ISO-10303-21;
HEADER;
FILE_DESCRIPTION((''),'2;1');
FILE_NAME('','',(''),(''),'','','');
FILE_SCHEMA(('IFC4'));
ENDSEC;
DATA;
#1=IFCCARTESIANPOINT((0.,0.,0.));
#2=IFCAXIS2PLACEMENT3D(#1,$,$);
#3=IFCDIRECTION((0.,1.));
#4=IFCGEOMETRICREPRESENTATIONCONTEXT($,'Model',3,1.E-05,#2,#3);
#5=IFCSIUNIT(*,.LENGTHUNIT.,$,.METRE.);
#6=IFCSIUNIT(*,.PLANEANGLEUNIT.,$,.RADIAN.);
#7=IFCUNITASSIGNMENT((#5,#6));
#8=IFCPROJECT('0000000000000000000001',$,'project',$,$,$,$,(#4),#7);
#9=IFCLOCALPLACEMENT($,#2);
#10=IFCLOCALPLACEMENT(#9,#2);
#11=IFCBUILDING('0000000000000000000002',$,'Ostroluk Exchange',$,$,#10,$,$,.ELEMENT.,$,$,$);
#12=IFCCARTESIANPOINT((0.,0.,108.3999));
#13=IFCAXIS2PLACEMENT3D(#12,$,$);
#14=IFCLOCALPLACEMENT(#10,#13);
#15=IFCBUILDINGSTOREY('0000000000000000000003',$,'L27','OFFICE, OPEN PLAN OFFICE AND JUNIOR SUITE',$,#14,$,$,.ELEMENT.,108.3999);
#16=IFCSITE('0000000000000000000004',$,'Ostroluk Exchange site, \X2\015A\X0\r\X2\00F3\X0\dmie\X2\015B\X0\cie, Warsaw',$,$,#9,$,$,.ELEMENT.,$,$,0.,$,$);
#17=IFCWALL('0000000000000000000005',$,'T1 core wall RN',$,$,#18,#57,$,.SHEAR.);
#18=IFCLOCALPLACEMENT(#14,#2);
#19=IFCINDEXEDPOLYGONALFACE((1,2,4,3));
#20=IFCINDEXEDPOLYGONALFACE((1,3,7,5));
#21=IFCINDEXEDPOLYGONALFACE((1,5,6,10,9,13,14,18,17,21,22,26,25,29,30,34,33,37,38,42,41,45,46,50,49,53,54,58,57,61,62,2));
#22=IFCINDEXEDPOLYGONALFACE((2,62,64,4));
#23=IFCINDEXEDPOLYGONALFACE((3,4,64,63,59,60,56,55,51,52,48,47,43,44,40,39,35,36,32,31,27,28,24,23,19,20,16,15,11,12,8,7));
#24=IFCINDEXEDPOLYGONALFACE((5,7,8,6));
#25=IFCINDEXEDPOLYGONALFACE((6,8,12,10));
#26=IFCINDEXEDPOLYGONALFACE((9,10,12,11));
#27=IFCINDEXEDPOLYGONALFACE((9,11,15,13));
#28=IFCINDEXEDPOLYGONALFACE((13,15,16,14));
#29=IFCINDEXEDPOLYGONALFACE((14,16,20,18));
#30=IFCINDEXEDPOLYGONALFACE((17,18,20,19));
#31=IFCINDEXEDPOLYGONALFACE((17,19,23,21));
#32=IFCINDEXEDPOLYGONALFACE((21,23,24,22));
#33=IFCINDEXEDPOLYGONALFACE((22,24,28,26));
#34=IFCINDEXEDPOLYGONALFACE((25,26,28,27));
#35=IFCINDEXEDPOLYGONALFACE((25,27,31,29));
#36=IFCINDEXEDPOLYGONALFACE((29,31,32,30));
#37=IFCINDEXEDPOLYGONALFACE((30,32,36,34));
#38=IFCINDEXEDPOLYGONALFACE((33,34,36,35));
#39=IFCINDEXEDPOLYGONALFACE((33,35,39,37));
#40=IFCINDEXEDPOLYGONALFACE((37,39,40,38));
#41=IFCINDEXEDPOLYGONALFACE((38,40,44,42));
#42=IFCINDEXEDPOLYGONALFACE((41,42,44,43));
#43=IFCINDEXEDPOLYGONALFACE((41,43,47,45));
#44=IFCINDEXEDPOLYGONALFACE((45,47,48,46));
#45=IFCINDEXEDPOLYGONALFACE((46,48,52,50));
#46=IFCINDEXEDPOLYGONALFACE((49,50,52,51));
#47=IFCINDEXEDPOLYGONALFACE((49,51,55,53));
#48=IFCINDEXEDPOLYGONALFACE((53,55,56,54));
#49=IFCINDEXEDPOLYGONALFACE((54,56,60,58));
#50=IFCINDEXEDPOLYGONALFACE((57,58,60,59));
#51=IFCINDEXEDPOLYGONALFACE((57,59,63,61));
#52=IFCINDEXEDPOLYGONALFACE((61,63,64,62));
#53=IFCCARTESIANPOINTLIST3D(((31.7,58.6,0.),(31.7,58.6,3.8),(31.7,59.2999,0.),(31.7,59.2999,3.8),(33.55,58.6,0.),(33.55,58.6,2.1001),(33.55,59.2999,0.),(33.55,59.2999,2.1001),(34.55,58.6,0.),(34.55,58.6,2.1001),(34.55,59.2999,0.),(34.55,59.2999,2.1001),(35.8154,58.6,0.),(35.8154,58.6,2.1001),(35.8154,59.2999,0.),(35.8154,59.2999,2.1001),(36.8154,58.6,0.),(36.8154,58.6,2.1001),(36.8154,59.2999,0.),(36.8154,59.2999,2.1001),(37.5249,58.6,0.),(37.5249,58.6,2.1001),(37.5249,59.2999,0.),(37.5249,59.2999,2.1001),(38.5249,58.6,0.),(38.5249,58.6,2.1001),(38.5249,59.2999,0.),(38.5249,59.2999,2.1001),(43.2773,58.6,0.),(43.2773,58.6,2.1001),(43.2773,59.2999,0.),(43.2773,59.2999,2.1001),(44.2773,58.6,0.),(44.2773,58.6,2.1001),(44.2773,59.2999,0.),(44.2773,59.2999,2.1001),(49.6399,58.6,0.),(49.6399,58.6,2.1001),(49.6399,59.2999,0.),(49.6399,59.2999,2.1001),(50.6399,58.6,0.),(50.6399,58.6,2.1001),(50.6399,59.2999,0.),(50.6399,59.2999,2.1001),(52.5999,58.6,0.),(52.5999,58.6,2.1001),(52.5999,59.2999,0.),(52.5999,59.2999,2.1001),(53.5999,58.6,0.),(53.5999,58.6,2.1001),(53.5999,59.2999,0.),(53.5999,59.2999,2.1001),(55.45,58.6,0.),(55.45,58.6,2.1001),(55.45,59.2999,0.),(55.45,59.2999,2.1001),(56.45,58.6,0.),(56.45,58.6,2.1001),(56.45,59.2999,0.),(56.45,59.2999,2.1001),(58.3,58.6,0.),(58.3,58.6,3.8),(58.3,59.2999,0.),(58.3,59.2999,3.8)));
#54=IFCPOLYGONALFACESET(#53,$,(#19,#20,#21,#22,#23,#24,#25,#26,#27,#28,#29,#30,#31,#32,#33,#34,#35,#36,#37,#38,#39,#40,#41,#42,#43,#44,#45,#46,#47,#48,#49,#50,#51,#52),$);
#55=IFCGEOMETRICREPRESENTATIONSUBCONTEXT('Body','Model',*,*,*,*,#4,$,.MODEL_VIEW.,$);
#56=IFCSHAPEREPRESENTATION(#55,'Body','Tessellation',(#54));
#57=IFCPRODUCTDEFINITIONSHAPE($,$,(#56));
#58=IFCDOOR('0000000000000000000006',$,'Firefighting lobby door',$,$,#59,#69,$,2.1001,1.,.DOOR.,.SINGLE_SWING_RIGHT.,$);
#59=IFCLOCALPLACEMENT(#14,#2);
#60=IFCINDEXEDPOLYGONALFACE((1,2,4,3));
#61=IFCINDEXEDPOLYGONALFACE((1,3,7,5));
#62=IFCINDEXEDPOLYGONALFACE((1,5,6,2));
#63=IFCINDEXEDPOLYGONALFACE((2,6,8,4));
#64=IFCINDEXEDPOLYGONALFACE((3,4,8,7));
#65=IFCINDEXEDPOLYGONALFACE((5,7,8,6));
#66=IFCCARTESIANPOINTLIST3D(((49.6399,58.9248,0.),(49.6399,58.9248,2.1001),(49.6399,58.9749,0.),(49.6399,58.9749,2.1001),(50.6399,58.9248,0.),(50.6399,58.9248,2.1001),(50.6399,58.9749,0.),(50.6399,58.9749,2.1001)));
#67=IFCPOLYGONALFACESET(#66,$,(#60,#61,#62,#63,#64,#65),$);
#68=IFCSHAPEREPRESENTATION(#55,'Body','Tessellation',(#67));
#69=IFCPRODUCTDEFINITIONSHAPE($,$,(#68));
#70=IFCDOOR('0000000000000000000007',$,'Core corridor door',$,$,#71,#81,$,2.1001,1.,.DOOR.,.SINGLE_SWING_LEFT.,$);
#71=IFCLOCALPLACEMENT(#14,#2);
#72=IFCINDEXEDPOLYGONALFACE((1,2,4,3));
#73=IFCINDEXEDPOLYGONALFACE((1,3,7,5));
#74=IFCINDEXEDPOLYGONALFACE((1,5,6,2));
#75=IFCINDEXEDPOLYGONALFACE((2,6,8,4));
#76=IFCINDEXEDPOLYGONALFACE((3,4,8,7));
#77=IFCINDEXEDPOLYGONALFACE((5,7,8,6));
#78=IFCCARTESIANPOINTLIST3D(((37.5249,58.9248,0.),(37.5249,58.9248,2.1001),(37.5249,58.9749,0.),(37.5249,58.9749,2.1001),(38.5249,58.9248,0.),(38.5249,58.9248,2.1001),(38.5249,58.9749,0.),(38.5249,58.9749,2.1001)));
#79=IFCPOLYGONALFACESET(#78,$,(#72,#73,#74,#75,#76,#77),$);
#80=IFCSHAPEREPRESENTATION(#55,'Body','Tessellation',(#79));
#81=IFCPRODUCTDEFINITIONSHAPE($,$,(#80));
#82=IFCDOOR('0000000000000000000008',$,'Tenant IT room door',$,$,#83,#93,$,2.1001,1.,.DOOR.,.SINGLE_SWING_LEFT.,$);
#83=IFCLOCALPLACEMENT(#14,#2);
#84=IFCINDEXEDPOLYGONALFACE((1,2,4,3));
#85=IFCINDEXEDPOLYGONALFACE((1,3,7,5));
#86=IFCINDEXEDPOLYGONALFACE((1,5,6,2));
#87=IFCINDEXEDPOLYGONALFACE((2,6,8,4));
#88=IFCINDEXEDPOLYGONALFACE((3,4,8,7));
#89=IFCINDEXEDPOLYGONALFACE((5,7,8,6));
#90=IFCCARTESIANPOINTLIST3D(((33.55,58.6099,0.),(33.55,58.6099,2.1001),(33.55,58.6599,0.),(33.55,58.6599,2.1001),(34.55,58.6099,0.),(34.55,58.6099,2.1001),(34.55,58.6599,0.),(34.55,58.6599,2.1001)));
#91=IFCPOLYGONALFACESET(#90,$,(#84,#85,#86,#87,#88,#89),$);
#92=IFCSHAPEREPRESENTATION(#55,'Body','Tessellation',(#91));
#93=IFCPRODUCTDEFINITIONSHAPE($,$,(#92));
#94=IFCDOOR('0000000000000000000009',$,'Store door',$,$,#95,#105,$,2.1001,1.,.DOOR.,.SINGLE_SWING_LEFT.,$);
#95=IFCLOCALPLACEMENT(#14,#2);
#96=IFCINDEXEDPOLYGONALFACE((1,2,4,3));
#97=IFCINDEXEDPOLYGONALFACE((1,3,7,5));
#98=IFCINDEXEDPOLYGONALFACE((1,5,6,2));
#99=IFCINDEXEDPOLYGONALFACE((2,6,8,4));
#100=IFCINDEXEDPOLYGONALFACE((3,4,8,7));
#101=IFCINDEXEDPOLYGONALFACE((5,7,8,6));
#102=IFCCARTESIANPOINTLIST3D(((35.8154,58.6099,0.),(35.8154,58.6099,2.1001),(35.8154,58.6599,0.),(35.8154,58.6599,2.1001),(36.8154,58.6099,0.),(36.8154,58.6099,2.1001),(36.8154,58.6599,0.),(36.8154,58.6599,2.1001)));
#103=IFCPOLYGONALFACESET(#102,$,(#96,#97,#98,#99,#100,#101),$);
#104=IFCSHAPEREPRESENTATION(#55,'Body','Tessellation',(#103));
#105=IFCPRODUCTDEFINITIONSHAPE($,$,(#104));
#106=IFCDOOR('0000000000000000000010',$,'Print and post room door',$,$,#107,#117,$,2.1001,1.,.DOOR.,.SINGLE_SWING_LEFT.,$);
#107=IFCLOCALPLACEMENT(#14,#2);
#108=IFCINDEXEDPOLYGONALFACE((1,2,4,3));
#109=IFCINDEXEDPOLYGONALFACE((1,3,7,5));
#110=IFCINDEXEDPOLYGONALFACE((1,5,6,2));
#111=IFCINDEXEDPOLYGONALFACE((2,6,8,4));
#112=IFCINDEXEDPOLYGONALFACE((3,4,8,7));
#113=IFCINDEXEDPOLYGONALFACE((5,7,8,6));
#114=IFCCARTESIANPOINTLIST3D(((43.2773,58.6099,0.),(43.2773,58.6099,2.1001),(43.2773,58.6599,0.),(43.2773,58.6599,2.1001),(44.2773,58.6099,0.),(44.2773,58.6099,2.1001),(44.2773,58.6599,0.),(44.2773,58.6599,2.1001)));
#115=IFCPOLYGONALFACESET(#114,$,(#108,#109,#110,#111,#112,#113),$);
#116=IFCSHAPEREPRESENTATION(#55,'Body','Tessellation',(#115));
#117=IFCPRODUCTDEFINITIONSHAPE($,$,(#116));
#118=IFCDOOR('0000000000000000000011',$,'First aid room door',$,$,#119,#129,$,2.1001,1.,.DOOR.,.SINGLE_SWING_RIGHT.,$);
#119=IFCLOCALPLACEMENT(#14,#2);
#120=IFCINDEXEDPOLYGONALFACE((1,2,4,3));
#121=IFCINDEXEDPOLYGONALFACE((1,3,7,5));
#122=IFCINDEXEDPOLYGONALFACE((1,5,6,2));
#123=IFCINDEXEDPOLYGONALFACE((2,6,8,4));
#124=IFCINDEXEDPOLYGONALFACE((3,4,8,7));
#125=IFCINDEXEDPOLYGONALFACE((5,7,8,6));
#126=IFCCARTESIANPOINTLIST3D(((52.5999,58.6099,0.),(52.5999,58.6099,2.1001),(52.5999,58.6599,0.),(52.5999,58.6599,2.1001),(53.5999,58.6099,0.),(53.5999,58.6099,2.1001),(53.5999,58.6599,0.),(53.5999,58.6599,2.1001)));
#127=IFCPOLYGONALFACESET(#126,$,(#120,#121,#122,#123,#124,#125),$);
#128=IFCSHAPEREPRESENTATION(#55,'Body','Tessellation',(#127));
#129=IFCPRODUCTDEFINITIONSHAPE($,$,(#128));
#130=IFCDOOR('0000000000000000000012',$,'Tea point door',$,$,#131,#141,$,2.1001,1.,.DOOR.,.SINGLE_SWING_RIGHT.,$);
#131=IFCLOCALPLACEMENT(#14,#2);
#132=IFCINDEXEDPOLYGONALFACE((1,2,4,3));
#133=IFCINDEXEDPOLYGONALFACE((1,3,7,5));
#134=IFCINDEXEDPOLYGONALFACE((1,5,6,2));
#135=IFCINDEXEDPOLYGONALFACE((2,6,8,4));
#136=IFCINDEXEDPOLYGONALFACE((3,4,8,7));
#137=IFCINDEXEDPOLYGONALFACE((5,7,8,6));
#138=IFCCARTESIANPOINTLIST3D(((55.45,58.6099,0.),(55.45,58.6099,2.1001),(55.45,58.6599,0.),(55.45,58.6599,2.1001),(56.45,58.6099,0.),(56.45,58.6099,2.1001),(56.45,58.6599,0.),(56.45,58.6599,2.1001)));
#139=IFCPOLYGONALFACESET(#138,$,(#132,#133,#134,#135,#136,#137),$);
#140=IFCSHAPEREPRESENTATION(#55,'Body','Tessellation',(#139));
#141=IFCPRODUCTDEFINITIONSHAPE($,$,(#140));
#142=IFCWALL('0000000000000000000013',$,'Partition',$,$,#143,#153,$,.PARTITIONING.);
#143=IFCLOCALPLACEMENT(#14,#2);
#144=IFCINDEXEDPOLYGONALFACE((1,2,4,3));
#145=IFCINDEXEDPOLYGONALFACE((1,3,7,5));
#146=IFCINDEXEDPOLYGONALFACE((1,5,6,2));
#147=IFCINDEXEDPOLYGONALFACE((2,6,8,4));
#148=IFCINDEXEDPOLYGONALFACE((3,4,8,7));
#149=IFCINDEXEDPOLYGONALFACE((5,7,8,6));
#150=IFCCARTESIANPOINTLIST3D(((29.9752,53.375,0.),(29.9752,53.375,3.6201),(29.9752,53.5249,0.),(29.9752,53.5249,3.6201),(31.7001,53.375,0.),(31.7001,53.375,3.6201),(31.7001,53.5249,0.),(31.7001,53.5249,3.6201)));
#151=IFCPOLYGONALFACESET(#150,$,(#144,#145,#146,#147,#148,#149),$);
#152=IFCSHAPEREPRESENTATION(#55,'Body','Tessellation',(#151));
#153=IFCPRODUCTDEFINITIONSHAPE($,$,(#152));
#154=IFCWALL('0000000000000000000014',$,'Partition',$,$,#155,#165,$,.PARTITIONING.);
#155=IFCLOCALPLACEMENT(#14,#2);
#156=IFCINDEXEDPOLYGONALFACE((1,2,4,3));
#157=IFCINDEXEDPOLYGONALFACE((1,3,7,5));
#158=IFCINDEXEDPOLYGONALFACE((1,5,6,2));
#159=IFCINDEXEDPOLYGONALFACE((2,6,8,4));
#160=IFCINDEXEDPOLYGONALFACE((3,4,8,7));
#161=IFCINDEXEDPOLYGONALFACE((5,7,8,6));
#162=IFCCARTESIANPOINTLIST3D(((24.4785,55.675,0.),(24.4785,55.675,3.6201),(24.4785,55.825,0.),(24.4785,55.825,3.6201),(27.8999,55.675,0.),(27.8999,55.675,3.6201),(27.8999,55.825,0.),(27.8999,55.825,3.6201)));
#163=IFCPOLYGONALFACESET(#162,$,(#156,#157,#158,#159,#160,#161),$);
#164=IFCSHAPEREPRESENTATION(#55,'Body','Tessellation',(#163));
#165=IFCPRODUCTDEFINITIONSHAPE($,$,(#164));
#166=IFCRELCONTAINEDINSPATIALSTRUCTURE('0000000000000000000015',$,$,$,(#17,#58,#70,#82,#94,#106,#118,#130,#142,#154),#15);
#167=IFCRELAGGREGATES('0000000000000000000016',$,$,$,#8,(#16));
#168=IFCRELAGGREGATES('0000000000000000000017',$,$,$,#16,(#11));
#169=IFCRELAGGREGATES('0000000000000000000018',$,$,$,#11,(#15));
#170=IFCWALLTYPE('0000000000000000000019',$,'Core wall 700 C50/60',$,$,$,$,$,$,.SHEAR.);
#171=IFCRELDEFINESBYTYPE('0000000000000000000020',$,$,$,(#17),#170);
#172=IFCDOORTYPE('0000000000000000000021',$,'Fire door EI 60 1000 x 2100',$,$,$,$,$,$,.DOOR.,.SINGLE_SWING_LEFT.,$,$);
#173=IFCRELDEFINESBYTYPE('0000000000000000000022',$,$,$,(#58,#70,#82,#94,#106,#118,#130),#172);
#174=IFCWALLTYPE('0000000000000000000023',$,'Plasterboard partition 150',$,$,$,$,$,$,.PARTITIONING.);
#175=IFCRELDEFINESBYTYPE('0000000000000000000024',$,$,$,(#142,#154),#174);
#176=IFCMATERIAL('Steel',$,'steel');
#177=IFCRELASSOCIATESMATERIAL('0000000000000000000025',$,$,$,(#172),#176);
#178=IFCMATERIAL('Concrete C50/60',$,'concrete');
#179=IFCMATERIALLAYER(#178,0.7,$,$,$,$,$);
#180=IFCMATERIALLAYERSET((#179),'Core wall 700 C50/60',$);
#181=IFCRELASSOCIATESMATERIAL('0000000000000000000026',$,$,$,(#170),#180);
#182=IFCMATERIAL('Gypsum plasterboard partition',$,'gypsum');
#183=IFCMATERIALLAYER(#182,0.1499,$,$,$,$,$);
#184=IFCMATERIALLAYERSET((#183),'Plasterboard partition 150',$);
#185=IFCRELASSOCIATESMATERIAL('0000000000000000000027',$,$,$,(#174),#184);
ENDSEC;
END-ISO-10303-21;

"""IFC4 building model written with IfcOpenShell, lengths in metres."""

from ifc_helpers import new_model, si_unit, direction, frame, frame_2d, origin, place, context, subcontext, project, spatial, rectangle, extrude, material, layer, layer_set, type_object, element, fill, save


model = new_model("IFC4")

# Units and contexts
model_context = context("Model", 3, precision=1e-05, world=origin(), true_north=direction((0.0, 1.0)))
body_context = subcontext(model_context, "Body", "Model", "MODEL_VIEW")
ifc_project = project(units=[si_unit("LENGTHUNIT", "METRE"), si_unit("PLANEANGLEUNIT", "RADIAN")], contexts=[model_context])

# Site, building, storey
site_placement = place(None, origin())
site = spatial("IfcSite", under=ifc_project, at=site_placement, Name="Ostroluk Exchange site, Śródmieście, Warsaw", CompositionType="ELEMENT", RefElevation=0.0)
building_placement = place(site_placement, origin())
building = spatial("IfcBuilding", under=site, at=building_placement, Name="Ostroluk Exchange", CompositionType="ELEMENT")
storey_placement = place(building_placement, frame((0.0, 0.0, 108.3999)))
storey = spatial("IfcBuildingStorey", under=building, at=storey_placement, Name="L27", Description="OFFICE, OPEN PLAN OFFICE AND JUNIOR SUITE", CompositionType="ELEMENT", Elevation=108.3999)

# Wall, openings, doors
ifc_material_1 = material(Name="Steel", Category="steel")
door_type = type_object("IfcDoorType", Name="Fire door EI 60 1000 x 2100", OperationType="SINGLE_SWING_LEFT", PredefinedType="DOOR", material=ifc_material_1)
ifc_material_2 = material(Name="Concrete C50/60", Category="concrete")
ifc_layer_1 = layer(ifc_material_2, 0.7)
ifc_layer_set_1 = layer_set([ifc_layer_1], Name="Core wall 700 C50/60")
wall_type_1 = type_object("IfcWallType", Name="Core wall 700 C50/60", PredefinedType="SHEAR", material=ifc_layer_set_1)
wall_1_placement = place(storey_placement, frame((31.7, 58.95, 0.0), z_axis=(0.0, 0.0, 1.0), x_axis=(1.0, 0.0, 0.0)))
wall_1 = element("IfcWall", 1, at=wall_1_placement, inside=storey, type_object=wall_type_1, Name="T1 core wall RN", PredefinedType="SHEAR", context=body_context, shape_type="SweptSolid", body=[
    extrude(rectangle(XDim=26.6001, YDim=0.7, at=frame_2d((13.3, 0.0))), origin(), (0.0, 0.0, 1.0), 3.8),
])
opening_1_placement = place(wall_1_placement, frame((17.9399, 0.0, 0.0)))
opening_1 = element("IfcOpeningElement", 2, at=opening_1_placement, cuts=wall_1, PredefinedType="OPENING", context=body_context, shape_type="SweptSolid", body=[
    extrude(rectangle(XDim=1.0, YDim=2.1001, at=frame_2d((0.5, 1.05))), frame((0.0, 0.3599, 0.0), z_axis=(0.0, -1.0, 0.0), x_axis=(1.0, 0.0, 0.0)), (0.0, 0.0, 1.0), 0.72),
])
opening_2_placement = place(wall_1_placement, frame((5.825, 0.0, 0.0)))
opening_2 = element("IfcOpeningElement", 3, at=opening_2_placement, cuts=wall_1, PredefinedType="OPENING", context=body_context, shape_type="SweptSolid", body=[
    extrude(rectangle(XDim=1.0, YDim=2.1001, at=frame_2d((0.5, 1.05))), frame((0.0, 0.3599, 0.0), z_axis=(0.0, -1.0, 0.0), x_axis=(1.0, 0.0, 0.0)), (0.0, 0.0, 1.0), 0.72),
])
opening_3_placement = place(wall_1_placement, frame((1.8501, 0.0, 0.0)))
opening_3 = element("IfcOpeningElement", 4, at=opening_3_placement, cuts=wall_1, PredefinedType="OPENING", context=body_context, shape_type="SweptSolid", body=[
    extrude(rectangle(XDim=1.0, YDim=2.1001, at=frame_2d((0.5, 1.05))), frame((0.0, 0.3599, 0.0), z_axis=(0.0, -1.0, 0.0), x_axis=(1.0, 0.0, 0.0)), (0.0, 0.0, 1.0), 0.72),
])
opening_4_placement = place(wall_1_placement, frame((4.1155, 0.0, 0.0)))
opening_4 = element("IfcOpeningElement", 5, at=opening_4_placement, cuts=wall_1, PredefinedType="OPENING", context=body_context, shape_type="SweptSolid", body=[
    extrude(rectangle(XDim=1.0, YDim=2.1001, at=frame_2d((0.5, 1.05))), frame((0.0, 0.3599, 0.0), z_axis=(0.0, -1.0, 0.0), x_axis=(1.0, 0.0, 0.0)), (0.0, 0.0, 1.0), 0.72),
])
opening_5_placement = place(wall_1_placement, frame((11.5774, 0.0, 0.0)))
opening_5 = element("IfcOpeningElement", 6, at=opening_5_placement, cuts=wall_1, PredefinedType="OPENING", context=body_context, shape_type="SweptSolid", body=[
    extrude(rectangle(XDim=1.0, YDim=2.1001, at=frame_2d((0.5, 1.05))), frame((0.0, 0.3599, 0.0), z_axis=(0.0, -1.0, 0.0), x_axis=(1.0, 0.0, 0.0)), (0.0, 0.0, 1.0), 0.72),
])
opening_6_placement = place(wall_1_placement, frame((20.8999, 0.0, 0.0)))
opening_6 = element("IfcOpeningElement", 7, at=opening_6_placement, cuts=wall_1, PredefinedType="OPENING", context=body_context, shape_type="SweptSolid", body=[
    extrude(rectangle(XDim=1.0, YDim=2.1001, at=frame_2d((0.5, 1.05))), frame((0.0, 0.3599, 0.0), z_axis=(0.0, -1.0, 0.0), x_axis=(1.0, 0.0, 0.0)), (0.0, 0.0, 1.0), 0.72),
])
opening_7_placement = place(wall_1_placement, frame((23.75, 0.0, 0.0)))
opening_7 = element("IfcOpeningElement", 8, at=opening_7_placement, cuts=wall_1, PredefinedType="OPENING", context=body_context, shape_type="SweptSolid", body=[
    extrude(rectangle(XDim=1.0, YDim=2.1001, at=frame_2d((0.5, 1.05))), frame((0.0, 0.3599, 0.0), z_axis=(0.0, -1.0, 0.0), x_axis=(1.0, 0.0, 0.0)), (0.0, 0.0, 1.0), 0.72),
])
door_1_placement = place(opening_1_placement, origin())
door_1 = element("IfcDoor", 9, at=door_1_placement, inside=storey, type_object=door_type, Name="Firefighting lobby door", OperationType="SINGLE_SWING_RIGHT", OverallHeight=2.1001, OverallWidth=1.0, PredefinedType="DOOR", context=body_context, shape_type="SweptSolid", body=[
    extrude(rectangle(XDim=1.0, YDim=2.1001, at=frame_2d((0.5, 1.05))), frame((0.0, 0.0249, 0.0), z_axis=(0.0, -1.0, 0.0), x_axis=(1.0, 0.0, 0.0)), (0.0, 0.0, 1.0), 0.05),
])
fill(opening_1, door_1)
door_2_placement = place(opening_2_placement, origin())
door_2 = element("IfcDoor", 10, at=door_2_placement, inside=storey, type_object=door_type, Name="Core corridor door", OperationType="SINGLE_SWING_LEFT", OverallHeight=2.1001, OverallWidth=1.0, PredefinedType="DOOR", context=body_context, shape_type="SweptSolid", body=[
    extrude(rectangle(XDim=1.0, YDim=2.1001, at=frame_2d((0.5, 1.05))), frame((0.0, 0.0249, 0.0), z_axis=(0.0, -1.0, 0.0), x_axis=(1.0, 0.0, 0.0)), (0.0, 0.0, 1.0), 0.05),
])
fill(opening_2, door_2)
door_3_placement = place(opening_3_placement, origin())
door_3 = element("IfcDoor", 11, at=door_3_placement, inside=storey, type_object=door_type, Name="Tenant IT room door", OperationType="SINGLE_SWING_LEFT", OverallHeight=2.1001, OverallWidth=1.0, PredefinedType="DOOR", context=body_context, shape_type="SweptSolid", body=[
    extrude(rectangle(XDim=1.0, YDim=2.1001, at=frame_2d((0.5, 1.05))), frame((0.0, -0.29, 0.0), z_axis=(0.0, -1.0, 0.0), x_axis=(1.0, 0.0, 0.0)), (0.0, 0.0, 1.0), 0.05),
])
fill(opening_3, door_3)
door_4_placement = place(opening_4_placement, origin())
door_4 = element("IfcDoor", 12, at=door_4_placement, inside=storey, type_object=door_type, Name="Store door", OperationType="SINGLE_SWING_LEFT", OverallHeight=2.1001, OverallWidth=1.0, PredefinedType="DOOR", context=body_context, shape_type="SweptSolid", body=[
    extrude(rectangle(XDim=1.0, YDim=2.1001, at=frame_2d((0.5, 1.05))), frame((0.0, -0.29, 0.0), z_axis=(0.0, -1.0, 0.0), x_axis=(1.0, 0.0, 0.0)), (0.0, 0.0, 1.0), 0.05),
])
fill(opening_4, door_4)
door_5_placement = place(opening_5_placement, origin())
door_5 = element("IfcDoor", 13, at=door_5_placement, inside=storey, type_object=door_type, Name="Print and post room door", OperationType="SINGLE_SWING_LEFT", OverallHeight=2.1001, OverallWidth=1.0, PredefinedType="DOOR", context=body_context, shape_type="SweptSolid", body=[
    extrude(rectangle(XDim=1.0, YDim=2.1001, at=frame_2d((0.5, 1.05))), frame((0.0, -0.29, 0.0), z_axis=(0.0, -1.0, 0.0), x_axis=(1.0, 0.0, 0.0)), (0.0, 0.0, 1.0), 0.05),
])
fill(opening_5, door_5)
door_6_placement = place(opening_6_placement, origin())
door_6 = element("IfcDoor", 14, at=door_6_placement, inside=storey, type_object=door_type, Name="First aid room door", OperationType="SINGLE_SWING_RIGHT", OverallHeight=2.1001, OverallWidth=1.0, PredefinedType="DOOR", context=body_context, shape_type="SweptSolid", body=[
    extrude(rectangle(XDim=1.0, YDim=2.1001, at=frame_2d((0.5, 1.05))), frame((0.0, -0.29, 0.0), z_axis=(0.0, -1.0, 0.0), x_axis=(1.0, 0.0, 0.0)), (0.0, 0.0, 1.0), 0.05),
])
fill(opening_6, door_6)
door_7_placement = place(opening_7_placement, origin())
door_7 = element("IfcDoor", 15, at=door_7_placement, inside=storey, type_object=door_type, Name="Tea point door", OperationType="SINGLE_SWING_RIGHT", OverallHeight=2.1001, OverallWidth=1.0, PredefinedType="DOOR", context=body_context, shape_type="SweptSolid", body=[
    extrude(rectangle(XDim=1.0, YDim=2.1001, at=frame_2d((0.5, 1.05))), frame((0.0, -0.29, 0.0), z_axis=(0.0, -1.0, 0.0), x_axis=(1.0, 0.0, 0.0)), (0.0, 0.0, 1.0), 0.05),
])
fill(opening_7, door_7)

# Walls
ifc_material_3 = material(Name="Gypsum plasterboard partition", Category="gypsum")
ifc_layer_2 = layer(ifc_material_3, 0.1499)
ifc_layer_set_2 = layer_set([ifc_layer_2], Name="Plasterboard partition 150")
wall_type_2 = type_object("IfcWallType", Name="Plasterboard partition 150", PredefinedType="PARTITIONING", material=ifc_layer_set_2)
wall_2_placement = place(storey_placement, frame((31.7, 53.45, 0.0), z_axis=(0.0, 0.0, 1.0), x_axis=(-1.0, 0.0, 0.0)))
element("IfcWall", 16, at=wall_2_placement, inside=storey, type_object=wall_type_2, Name="Partition", PredefinedType="PARTITIONING", context=body_context, shape_type="SweptSolid", body=[
    extrude(rectangle(XDim=1.7249, YDim=0.1499, at=frame_2d((0.8623, 0.0))), origin(), (0.0, 0.0, 1.0), 3.6201),
])
wall_3_placement = place(storey_placement, frame((27.8999, 55.75, 0.0), z_axis=(0.0, 0.0, 1.0), x_axis=(-1.0, 0.0, 0.0)))
element("IfcWall", 17, at=wall_3_placement, inside=storey, type_object=wall_type_2, Name="Partition", PredefinedType="PARTITIONING", context=body_context, shape_type="SweptSolid", body=[
    extrude(rectangle(XDim=3.4214, YDim=0.1499, at=frame_2d((1.7107, 0.0))), origin(), (0.0, 0.0, 1.0), 3.6201),
])

save(model, "model.ifc")
